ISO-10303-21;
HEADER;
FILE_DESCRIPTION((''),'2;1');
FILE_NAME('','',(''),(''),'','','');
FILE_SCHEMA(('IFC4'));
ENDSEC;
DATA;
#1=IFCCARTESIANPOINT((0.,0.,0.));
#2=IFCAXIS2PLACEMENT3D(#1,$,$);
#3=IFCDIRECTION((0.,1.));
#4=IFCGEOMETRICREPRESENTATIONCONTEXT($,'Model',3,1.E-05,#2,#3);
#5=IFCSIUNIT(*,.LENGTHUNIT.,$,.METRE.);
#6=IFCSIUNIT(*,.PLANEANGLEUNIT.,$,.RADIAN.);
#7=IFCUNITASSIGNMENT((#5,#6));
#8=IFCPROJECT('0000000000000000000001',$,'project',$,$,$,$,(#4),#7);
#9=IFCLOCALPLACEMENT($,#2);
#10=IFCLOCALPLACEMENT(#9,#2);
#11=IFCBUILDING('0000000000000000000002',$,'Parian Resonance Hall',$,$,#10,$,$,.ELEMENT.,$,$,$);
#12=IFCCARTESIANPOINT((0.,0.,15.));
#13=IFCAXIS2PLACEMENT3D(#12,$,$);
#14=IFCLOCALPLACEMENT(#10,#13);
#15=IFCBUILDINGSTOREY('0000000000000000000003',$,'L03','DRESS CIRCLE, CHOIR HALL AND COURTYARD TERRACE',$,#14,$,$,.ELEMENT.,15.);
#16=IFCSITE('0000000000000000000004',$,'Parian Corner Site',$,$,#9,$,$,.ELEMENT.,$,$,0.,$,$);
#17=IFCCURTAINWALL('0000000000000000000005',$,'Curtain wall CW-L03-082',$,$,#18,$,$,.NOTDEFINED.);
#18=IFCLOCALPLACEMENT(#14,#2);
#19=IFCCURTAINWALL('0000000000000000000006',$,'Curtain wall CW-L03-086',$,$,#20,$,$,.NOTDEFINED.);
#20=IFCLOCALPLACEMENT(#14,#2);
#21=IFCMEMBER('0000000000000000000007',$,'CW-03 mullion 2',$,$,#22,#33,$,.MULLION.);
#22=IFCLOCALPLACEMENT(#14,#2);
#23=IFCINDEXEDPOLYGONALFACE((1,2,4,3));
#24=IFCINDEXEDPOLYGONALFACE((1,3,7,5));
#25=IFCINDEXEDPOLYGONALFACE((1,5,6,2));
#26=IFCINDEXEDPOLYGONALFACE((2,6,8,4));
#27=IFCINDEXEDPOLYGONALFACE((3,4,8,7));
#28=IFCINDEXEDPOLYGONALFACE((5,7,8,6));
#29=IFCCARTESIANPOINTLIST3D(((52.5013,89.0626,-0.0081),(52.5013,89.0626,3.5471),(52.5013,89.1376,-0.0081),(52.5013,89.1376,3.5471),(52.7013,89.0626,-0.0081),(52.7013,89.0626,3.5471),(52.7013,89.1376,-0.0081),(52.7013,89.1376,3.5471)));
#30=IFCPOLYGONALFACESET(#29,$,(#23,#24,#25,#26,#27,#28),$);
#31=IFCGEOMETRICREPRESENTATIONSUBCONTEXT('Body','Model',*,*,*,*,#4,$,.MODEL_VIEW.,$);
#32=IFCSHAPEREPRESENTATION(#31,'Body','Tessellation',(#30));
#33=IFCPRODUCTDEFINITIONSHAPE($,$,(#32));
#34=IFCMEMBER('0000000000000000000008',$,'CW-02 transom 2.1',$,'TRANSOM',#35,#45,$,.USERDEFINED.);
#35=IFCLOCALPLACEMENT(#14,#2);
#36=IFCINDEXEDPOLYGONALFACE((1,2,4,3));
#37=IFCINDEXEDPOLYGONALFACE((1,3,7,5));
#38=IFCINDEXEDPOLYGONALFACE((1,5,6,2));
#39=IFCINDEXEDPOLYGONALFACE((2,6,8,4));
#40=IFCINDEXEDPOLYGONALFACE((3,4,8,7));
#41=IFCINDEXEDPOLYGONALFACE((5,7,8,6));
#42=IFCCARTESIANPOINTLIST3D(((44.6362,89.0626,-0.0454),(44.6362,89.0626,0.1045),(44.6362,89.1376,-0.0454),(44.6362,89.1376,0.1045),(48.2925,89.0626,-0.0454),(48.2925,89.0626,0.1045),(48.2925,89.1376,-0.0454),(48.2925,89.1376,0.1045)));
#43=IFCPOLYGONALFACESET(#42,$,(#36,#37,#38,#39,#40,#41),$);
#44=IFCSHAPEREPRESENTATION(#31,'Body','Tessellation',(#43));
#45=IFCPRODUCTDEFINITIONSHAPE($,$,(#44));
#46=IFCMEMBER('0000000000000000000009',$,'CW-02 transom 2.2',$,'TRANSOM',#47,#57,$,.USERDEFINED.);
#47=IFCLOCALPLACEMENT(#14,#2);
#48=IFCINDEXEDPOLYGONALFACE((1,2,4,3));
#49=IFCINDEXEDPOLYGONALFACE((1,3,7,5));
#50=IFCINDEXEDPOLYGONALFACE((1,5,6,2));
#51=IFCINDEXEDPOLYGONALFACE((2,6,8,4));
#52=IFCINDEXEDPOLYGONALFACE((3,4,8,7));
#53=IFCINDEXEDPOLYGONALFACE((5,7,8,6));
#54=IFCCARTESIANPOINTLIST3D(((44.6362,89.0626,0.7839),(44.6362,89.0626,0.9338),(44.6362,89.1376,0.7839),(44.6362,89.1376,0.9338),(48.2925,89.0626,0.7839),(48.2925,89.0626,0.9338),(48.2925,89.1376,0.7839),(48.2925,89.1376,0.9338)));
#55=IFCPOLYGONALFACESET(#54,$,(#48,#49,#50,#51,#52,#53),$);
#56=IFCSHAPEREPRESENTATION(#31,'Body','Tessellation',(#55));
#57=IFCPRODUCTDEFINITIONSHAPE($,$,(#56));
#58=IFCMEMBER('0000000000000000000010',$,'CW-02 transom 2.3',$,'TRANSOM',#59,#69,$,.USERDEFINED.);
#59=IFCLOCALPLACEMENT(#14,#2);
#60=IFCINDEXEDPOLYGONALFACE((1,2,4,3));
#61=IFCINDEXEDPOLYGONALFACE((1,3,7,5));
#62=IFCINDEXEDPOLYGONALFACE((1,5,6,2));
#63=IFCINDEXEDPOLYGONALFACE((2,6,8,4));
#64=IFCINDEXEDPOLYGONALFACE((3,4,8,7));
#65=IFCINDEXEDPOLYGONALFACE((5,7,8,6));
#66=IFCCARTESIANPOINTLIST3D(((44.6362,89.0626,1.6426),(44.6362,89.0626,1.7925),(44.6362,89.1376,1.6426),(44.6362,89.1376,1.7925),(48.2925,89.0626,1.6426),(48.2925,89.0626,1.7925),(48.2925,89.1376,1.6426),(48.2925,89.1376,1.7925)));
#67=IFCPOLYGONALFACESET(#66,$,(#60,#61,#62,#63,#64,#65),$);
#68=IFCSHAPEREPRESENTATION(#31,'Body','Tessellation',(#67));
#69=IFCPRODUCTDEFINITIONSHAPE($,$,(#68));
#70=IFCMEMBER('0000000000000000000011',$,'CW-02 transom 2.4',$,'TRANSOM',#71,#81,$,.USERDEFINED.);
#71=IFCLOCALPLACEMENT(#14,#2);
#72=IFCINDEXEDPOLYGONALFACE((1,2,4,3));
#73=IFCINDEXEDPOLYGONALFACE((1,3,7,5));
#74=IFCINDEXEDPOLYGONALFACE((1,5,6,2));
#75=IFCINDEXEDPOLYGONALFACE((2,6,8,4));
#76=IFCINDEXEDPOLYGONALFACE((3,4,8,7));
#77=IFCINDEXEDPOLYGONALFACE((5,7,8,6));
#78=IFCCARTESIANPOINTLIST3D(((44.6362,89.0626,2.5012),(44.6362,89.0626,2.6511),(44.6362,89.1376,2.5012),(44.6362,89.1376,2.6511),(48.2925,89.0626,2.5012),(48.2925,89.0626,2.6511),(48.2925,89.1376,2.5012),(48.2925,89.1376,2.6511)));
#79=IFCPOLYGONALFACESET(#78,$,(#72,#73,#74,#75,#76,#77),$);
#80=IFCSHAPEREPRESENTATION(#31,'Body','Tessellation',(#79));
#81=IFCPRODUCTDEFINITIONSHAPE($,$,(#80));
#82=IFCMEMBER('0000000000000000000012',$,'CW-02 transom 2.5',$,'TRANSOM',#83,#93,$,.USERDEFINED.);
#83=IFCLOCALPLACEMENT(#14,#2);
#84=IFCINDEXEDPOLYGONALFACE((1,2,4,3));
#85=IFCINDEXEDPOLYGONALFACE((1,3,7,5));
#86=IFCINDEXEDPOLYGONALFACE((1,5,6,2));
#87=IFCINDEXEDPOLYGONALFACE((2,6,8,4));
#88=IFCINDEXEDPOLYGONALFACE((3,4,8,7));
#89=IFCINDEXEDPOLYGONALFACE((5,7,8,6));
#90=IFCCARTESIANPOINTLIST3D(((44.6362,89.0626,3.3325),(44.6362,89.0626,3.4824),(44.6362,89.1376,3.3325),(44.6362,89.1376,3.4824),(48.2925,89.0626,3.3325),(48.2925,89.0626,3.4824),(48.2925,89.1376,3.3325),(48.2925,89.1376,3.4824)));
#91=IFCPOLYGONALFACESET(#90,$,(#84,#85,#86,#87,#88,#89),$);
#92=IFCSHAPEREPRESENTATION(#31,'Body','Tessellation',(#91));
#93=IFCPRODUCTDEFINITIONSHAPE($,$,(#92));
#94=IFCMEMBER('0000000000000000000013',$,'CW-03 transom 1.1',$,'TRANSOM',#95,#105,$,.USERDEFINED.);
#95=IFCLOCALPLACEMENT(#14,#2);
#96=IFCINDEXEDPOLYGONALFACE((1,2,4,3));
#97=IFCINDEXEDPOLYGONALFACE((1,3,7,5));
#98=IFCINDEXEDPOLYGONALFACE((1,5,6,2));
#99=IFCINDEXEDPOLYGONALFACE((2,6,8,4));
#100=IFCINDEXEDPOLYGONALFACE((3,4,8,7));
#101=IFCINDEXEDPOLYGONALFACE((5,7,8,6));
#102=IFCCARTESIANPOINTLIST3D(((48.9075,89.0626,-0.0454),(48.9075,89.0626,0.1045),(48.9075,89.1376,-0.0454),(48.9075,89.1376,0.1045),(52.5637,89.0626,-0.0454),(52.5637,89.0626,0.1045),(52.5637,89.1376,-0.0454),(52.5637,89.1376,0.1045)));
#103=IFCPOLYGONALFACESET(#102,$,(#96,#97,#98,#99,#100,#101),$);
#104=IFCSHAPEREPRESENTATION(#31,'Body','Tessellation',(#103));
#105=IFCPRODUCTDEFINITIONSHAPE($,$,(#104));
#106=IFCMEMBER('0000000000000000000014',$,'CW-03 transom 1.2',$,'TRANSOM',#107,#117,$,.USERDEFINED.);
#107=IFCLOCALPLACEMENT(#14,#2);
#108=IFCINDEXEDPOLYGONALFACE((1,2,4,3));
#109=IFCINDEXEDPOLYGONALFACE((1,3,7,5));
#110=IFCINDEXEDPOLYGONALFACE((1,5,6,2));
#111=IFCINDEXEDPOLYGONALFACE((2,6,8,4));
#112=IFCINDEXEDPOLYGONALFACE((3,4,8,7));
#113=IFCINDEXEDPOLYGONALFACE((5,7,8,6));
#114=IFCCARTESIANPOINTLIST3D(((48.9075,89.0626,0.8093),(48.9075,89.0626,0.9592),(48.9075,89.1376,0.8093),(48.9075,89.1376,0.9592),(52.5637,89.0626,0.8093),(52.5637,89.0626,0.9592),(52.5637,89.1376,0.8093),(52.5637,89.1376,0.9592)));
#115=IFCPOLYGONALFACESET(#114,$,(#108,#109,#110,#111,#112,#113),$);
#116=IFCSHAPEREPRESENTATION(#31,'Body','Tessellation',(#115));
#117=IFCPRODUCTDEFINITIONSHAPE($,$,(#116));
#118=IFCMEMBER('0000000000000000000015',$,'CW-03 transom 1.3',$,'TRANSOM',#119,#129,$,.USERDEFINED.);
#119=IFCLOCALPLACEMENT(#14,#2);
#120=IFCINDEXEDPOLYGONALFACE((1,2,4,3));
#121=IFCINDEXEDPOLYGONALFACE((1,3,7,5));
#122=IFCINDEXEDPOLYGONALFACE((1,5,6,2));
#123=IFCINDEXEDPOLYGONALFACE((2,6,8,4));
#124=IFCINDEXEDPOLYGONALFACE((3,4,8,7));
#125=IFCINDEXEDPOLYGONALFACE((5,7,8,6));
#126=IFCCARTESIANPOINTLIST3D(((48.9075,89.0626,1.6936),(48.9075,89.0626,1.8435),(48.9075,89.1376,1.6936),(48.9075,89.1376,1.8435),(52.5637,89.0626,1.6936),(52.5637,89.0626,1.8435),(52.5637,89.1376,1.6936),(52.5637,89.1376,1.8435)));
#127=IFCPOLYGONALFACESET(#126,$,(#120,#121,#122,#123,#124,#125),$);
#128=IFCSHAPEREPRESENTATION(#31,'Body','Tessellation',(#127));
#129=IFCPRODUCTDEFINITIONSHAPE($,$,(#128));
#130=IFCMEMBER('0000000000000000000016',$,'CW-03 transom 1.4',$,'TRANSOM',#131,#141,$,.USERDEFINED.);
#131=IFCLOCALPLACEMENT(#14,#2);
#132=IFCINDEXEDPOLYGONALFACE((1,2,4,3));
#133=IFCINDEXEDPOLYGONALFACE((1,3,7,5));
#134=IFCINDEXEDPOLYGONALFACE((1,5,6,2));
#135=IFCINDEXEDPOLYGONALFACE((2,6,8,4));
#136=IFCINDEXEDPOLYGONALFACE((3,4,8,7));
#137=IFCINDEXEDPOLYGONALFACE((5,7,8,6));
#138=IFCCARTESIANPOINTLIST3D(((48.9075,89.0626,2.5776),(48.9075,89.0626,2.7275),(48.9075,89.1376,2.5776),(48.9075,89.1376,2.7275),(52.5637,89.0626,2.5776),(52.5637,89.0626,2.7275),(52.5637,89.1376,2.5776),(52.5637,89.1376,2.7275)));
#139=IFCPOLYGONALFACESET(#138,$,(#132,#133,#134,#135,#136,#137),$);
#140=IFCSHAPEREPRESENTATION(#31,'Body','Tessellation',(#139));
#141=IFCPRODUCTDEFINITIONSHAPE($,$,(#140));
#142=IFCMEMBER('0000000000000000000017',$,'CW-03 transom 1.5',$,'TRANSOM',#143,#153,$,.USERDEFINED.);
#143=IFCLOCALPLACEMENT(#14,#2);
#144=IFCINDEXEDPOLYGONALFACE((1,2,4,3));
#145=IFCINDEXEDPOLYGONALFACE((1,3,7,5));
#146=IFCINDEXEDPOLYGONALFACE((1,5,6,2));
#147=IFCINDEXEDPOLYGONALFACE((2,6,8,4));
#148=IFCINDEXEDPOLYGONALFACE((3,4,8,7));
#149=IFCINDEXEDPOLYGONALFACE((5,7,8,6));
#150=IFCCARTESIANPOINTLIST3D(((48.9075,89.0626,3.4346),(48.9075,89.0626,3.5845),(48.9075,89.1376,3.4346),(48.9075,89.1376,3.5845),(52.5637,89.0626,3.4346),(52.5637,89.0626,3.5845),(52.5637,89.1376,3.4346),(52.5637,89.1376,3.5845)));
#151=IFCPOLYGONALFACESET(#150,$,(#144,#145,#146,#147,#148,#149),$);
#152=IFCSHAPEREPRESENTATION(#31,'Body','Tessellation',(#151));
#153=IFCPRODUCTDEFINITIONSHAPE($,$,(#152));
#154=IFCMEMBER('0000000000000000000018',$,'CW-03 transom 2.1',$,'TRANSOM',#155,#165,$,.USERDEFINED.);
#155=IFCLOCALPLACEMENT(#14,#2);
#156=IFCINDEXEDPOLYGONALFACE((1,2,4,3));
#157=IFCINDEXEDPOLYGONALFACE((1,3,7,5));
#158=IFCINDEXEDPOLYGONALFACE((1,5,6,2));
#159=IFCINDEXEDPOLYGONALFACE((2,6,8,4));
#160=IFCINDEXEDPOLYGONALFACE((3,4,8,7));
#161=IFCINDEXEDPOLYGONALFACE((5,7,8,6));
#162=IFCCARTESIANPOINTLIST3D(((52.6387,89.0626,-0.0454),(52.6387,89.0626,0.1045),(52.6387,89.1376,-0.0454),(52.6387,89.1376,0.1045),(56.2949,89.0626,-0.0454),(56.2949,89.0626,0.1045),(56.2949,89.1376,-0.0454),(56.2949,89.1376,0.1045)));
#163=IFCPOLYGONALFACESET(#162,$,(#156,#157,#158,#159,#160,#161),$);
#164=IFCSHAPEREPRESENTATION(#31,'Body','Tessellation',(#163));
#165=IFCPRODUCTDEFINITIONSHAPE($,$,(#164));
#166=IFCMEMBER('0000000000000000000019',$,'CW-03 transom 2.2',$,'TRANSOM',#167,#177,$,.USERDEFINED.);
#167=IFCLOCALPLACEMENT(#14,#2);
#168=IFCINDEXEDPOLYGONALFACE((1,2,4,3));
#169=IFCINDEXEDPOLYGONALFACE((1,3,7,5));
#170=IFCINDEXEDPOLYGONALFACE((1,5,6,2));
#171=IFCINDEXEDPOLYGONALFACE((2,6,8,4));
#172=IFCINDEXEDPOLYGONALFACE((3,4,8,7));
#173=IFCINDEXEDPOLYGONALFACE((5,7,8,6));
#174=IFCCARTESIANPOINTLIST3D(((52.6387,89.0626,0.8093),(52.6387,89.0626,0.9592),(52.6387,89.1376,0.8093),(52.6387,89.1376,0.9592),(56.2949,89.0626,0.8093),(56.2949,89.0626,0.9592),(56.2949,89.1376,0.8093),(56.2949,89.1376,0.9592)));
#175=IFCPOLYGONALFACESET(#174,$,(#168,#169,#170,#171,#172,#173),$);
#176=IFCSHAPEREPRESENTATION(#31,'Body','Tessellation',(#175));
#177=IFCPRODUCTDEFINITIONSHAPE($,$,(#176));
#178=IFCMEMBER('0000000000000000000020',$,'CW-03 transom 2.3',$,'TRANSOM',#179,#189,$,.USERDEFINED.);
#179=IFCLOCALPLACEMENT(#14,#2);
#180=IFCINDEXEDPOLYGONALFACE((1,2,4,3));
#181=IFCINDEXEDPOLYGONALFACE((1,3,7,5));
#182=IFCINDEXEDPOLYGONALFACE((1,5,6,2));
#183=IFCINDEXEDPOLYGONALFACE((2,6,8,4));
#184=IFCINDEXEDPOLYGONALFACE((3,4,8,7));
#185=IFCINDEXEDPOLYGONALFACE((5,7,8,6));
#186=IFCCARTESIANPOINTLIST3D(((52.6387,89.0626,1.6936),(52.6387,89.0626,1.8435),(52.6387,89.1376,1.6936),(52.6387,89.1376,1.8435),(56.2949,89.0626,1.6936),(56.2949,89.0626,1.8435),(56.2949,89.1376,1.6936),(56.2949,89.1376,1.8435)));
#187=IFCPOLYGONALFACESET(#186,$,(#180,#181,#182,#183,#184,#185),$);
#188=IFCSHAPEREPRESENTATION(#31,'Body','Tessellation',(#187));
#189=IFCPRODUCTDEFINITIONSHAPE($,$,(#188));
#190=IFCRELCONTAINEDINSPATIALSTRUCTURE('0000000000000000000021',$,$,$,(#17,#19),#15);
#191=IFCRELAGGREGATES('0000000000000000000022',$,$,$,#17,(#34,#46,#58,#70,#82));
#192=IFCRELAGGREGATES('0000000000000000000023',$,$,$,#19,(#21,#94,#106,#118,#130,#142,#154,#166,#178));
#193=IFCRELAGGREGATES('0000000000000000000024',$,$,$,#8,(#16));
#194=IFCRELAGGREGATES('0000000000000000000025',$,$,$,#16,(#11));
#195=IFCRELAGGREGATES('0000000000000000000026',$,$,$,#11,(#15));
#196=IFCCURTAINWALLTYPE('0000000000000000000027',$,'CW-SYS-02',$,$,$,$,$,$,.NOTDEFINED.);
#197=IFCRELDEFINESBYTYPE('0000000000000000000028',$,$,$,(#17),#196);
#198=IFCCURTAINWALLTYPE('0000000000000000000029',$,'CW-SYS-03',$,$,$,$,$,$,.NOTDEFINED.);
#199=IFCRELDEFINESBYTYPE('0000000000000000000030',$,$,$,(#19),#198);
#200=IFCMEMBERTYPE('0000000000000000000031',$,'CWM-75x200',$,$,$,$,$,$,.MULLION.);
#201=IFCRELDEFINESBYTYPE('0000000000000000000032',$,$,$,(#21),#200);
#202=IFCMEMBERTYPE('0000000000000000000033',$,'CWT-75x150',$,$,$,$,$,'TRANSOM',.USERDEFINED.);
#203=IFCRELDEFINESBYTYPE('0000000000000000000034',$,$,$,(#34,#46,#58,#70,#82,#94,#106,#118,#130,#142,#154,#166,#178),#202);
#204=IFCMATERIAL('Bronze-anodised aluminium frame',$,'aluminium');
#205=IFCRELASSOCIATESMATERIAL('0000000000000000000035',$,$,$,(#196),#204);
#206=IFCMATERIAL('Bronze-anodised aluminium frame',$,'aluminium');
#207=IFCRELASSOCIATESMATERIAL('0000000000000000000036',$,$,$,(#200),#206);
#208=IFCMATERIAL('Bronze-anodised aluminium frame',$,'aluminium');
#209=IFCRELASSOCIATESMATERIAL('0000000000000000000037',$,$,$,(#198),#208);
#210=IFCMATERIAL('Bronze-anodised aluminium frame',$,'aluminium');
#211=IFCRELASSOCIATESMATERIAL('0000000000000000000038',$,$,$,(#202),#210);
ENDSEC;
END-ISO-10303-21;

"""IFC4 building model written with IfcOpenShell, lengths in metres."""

from ifc_helpers import new_model, si_unit, direction, frame, origin, origin_2d, place, context, subcontext, project, spatial, rectangle, extrude, material, material_profile, profile_set, type_object, element, aggregate, save


model = new_model("IFC4")

# Units and contexts
model_context = context("Model", 3, precision=1e-05, world=origin(), true_north=direction((0.0, 1.0)))
body_context = subcontext(model_context, "Body", "Model", "MODEL_VIEW")
ifc_project = project(units=[si_unit("LENGTHUNIT", "METRE"), si_unit("PLANEANGLEUNIT", "RADIAN")], contexts=[model_context])

# Site, building, storey
site_placement = place(None, origin())
site = spatial("IfcSite", under=ifc_project, at=site_placement, Name="Parian Corner Site", CompositionType="ELEMENT", RefElevation=0.0)
building_placement = place(site_placement, origin())
building = spatial("IfcBuilding", under=site, at=building_placement, Name="Parian Resonance Hall", CompositionType="ELEMENT")
storey_placement = place(building_placement, frame((0.0, 0.0, 15.0)))
storey = spatial("IfcBuildingStorey", under=building, at=storey_placement, Name="L03", Description="DRESS CIRCLE, CHOIR HALL AND COURTYARD TERRACE", CompositionType="ELEMENT", Elevation=15.0)

# Curtain walls, member
ifc_material_1 = material(Name="Bronze-anodised aluminium frame", Category="aluminium")
curtain_wall_type_1 = type_object("IfcCurtainWallType", Name="CW-SYS-02", PredefinedType="NOTDEFINED", material=ifc_material_1)
curtain_wall_1_placement = place(storey_placement, origin())
curtain_wall_1 = element("IfcCurtainWall", 1, at=curtain_wall_1_placement, inside=storey, type_object=curtain_wall_type_1, Name="Curtain wall CW-L03-082", PredefinedType="NOTDEFINED")
ifc_material_2 = material(Name="Bronze-anodised aluminium frame", Category="aluminium")
ifc_material_profile_1 = material_profile(ifc_material_2, rectangle(XDim=0.075, YDim=0.2, at=origin_2d()), Name="CWM-75x200")
ifc_profile_set_1 = profile_set([ifc_material_profile_1], Name="Bronze-anodised aluminium frame")
member_type_1 = type_object("IfcMemberType", Name="CWM-75x200", PredefinedType="MULLION", material=ifc_profile_set_1)
ifc_material_3 = material(Name="Bronze-anodised aluminium frame", Category="aluminium")
curtain_wall_type_2 = type_object("IfcCurtainWallType", Name="CW-SYS-03", PredefinedType="NOTDEFINED", material=ifc_material_3)
curtain_wall_2_placement = place(storey_placement, origin())
curtain_wall_2 = element("IfcCurtainWall", 2, at=curtain_wall_2_placement, inside=storey, type_object=curtain_wall_type_2, Name="Curtain wall CW-L03-086", PredefinedType="NOTDEFINED")
member_1_placement = place(storey_placement, frame((52.6013, 89.1001, -0.0081), z_axis=(0.0, 0.0, 1.0), x_axis=(0.0, 1.0, 0.0)))
member_1 = element("IfcMember", 3, at=member_1_placement, type_object=member_type_1, Name="CW-03 mullion 2", PredefinedType="MULLION", context=body_context, shape_type="SweptSolid", body=[
    extrude(rectangle(XDim=0.075, YDim=0.2, at=origin_2d()), origin(), (0.0, 0.0, 1.0), 3.5552),
])

# Members
ifc_material_4 = material(Name="Bronze-anodised aluminium frame", Category="aluminium")
ifc_material_profile_2 = material_profile(ifc_material_4, rectangle(XDim=0.075, YDim=0.1499, at=origin_2d()), Name="CWT-75x150")
ifc_profile_set_2 = profile_set([ifc_material_profile_2], Name="Bronze-anodised aluminium frame")
member_type_2 = type_object("IfcMemberType", Name="CWT-75x150", ElementType="TRANSOM", PredefinedType="USERDEFINED", material=ifc_profile_set_2)
member_2_placement = place(storey_placement, frame((44.6362, 89.1001, 0.0295), z_axis=(1.0, 0.0, 0.0), x_axis=(0.0, 1.0, 0.0)))
member_2 = element("IfcMember", 4, at=member_2_placement, type_object=member_type_2, Name="CW-02 transom 2.1", ObjectType="TRANSOM", PredefinedType="USERDEFINED", context=body_context, shape_type="SweptSolid", body=[
    extrude(rectangle(XDim=0.075, YDim=0.1499, at=origin_2d()), origin(), (0.0, 0.0, 1.0), 3.6562),
])
member_3_placement = place(storey_placement, frame((44.6362, 89.1001, 0.8589), z_axis=(1.0, 0.0, 0.0), x_axis=(0.0, 1.0, 0.0)))
member_3 = element("IfcMember", 5, at=member_3_placement, type_object=member_type_2, Name="CW-02 transom 2.2", ObjectType="TRANSOM", PredefinedType="USERDEFINED", context=body_context, shape_type="SweptSolid", body=[
    extrude(rectangle(XDim=0.075, YDim=0.1499, at=origin_2d()), origin(), (0.0, 0.0, 1.0), 3.6562),
])
member_4_placement = place(storey_placement, frame((44.6362, 89.1001, 1.7175), z_axis=(1.0, 0.0, 0.0), x_axis=(0.0, 1.0, 0.0)))
member_4 = element("IfcMember", 6, at=member_4_placement, type_object=member_type_2, Name="CW-02 transom 2.3", ObjectType="TRANSOM", PredefinedType="USERDEFINED", context=body_context, shape_type="SweptSolid", body=[
    extrude(rectangle(XDim=0.075, YDim=0.1499, at=origin_2d()), origin(), (0.0, 0.0, 1.0), 3.6562),
])
member_5_placement = place(storey_placement, frame((44.6362, 89.1001, 2.5762), z_axis=(1.0, 0.0, 0.0), x_axis=(0.0, 1.0, 0.0)))
member_5 = element("IfcMember", 7, at=member_5_placement, type_object=member_type_2, Name="CW-02 transom 2.4", ObjectType="TRANSOM", PredefinedType="USERDEFINED", context=body_context, shape_type="SweptSolid", body=[
    extrude(rectangle(XDim=0.075, YDim=0.1499, at=origin_2d()), origin(), (0.0, 0.0, 1.0), 3.6562),
])
member_6_placement = place(storey_placement, frame((44.6362, 89.1001, 3.4075), z_axis=(1.0, 0.0, 0.0), x_axis=(0.0, 1.0, 0.0)))
member_6 = element("IfcMember", 8, at=member_6_placement, type_object=member_type_2, Name="CW-02 transom 2.5", ObjectType="TRANSOM", PredefinedType="USERDEFINED", context=body_context, shape_type="SweptSolid", body=[
    extrude(rectangle(XDim=0.075, YDim=0.1499, at=origin_2d()), origin(), (0.0, 0.0, 1.0), 3.6562),
])
member_7_placement = place(storey_placement, frame((48.9075, 89.1001, 0.0295), z_axis=(1.0, 0.0, 0.0), x_axis=(0.0, 1.0, 0.0)))
member_7 = element("IfcMember", 9, at=member_7_placement, type_object=member_type_2, Name="CW-03 transom 1.1", ObjectType="TRANSOM", PredefinedType="USERDEFINED", context=body_context, shape_type="SweptSolid", body=[
    extrude(rectangle(XDim=0.075, YDim=0.1499, at=origin_2d()), origin(), (0.0, 0.0, 1.0), 3.6562),
])
member_8_placement = place(storey_placement, frame((48.9075, 89.1001, 0.8843), z_axis=(1.0, 0.0, 0.0), x_axis=(0.0, 1.0, 0.0)))
member_8 = element("IfcMember", 10, at=member_8_placement, type_object=member_type_2, Name="CW-03 transom 1.2", ObjectType="TRANSOM", PredefinedType="USERDEFINED", context=body_context, shape_type="SweptSolid", body=[
    extrude(rectangle(XDim=0.075, YDim=0.1499, at=origin_2d()), origin(), (0.0, 0.0, 1.0), 3.6562),
])
member_9_placement = place(storey_placement, frame((48.9075, 89.1001, 1.7686), z_axis=(1.0, 0.0, 0.0), x_axis=(0.0, 1.0, 0.0)))
member_9 = element("IfcMember", 11, at=member_9_placement, type_object=member_type_2, Name="CW-03 transom 1.3", ObjectType="TRANSOM", PredefinedType="USERDEFINED", context=body_context, shape_type="SweptSolid", body=[
    extrude(rectangle(XDim=0.075, YDim=0.1499, at=origin_2d()), origin(), (0.0, 0.0, 1.0), 3.6562),
])
member_10_placement = place(storey_placement, frame((48.9075, 89.1001, 2.6526), z_axis=(1.0, 0.0, 0.0), x_axis=(0.0, 1.0, 0.0)))
member_10 = element("IfcMember", 12, at=member_10_placement, type_object=member_type_2, Name="CW-03 transom 1.4", ObjectType="TRANSOM", PredefinedType="USERDEFINED", context=body_context, shape_type="SweptSolid", body=[
    extrude(rectangle(XDim=0.075, YDim=0.1499, at=origin_2d()), origin(), (0.0, 0.0, 1.0), 3.6562),
])
member_11_placement = place(storey_placement, frame((48.9075, 89.1001, 3.5095), z_axis=(1.0, 0.0, 0.0), x_axis=(0.0, 1.0, 0.0)))
member_11 = element("IfcMember", 13, at=member_11_placement, type_object=member_type_2, Name="CW-03 transom 1.5", ObjectType="TRANSOM", PredefinedType="USERDEFINED", context=body_context, shape_type="SweptSolid", body=[
    extrude(rectangle(XDim=0.075, YDim=0.1499, at=origin_2d()), origin(), (0.0, 0.0, 1.0), 3.6562),
])
member_12_placement = place(storey_placement, frame((52.6387, 89.1001, 0.0295), z_axis=(1.0, 0.0, 0.0), x_axis=(0.0, 1.0, 0.0)))
member_12 = element("IfcMember", 14, at=member_12_placement, type_object=member_type_2, Name="CW-03 transom 2.1", ObjectType="TRANSOM", PredefinedType="USERDEFINED", context=body_context, shape_type="SweptSolid", body=[
    extrude(rectangle(XDim=0.075, YDim=0.1499, at=origin_2d()), origin(), (0.0, 0.0, 1.0), 3.6562),
])
member_13_placement = place(storey_placement, frame((52.6387, 89.1001, 0.8843), z_axis=(1.0, 0.0, 0.0), x_axis=(0.0, 1.0, 0.0)))
member_13 = element("IfcMember", 15, at=member_13_placement, type_object=member_type_2, Name="CW-03 transom 2.2", ObjectType="TRANSOM", PredefinedType="USERDEFINED", context=body_context, shape_type="SweptSolid", body=[
    extrude(rectangle(XDim=0.075, YDim=0.1499, at=origin_2d()), origin(), (0.0, 0.0, 1.0), 3.6562),
])
member_14_placement = place(storey_placement, frame((52.6387, 89.1001, 1.7686), z_axis=(1.0, 0.0, 0.0), x_axis=(0.0, 1.0, 0.0)))
member_14 = element("IfcMember", 16, at=member_14_placement, type_object=member_type_2, Name="CW-03 transom 2.3", ObjectType="TRANSOM", PredefinedType="USERDEFINED", context=body_context, shape_type="SweptSolid", body=[
    extrude(rectangle(XDim=0.075, YDim=0.1499, at=origin_2d()), origin(), (0.0, 0.0, 1.0), 3.6562),
])

aggregate(curtain_wall_1, [member_2, member_3, member_4, member_5, member_6])
aggregate(curtain_wall_2, [member_1, member_7, member_8, member_9, member_10, member_11, member_12, member_13, member_14])

save(model, "model.ifc")
